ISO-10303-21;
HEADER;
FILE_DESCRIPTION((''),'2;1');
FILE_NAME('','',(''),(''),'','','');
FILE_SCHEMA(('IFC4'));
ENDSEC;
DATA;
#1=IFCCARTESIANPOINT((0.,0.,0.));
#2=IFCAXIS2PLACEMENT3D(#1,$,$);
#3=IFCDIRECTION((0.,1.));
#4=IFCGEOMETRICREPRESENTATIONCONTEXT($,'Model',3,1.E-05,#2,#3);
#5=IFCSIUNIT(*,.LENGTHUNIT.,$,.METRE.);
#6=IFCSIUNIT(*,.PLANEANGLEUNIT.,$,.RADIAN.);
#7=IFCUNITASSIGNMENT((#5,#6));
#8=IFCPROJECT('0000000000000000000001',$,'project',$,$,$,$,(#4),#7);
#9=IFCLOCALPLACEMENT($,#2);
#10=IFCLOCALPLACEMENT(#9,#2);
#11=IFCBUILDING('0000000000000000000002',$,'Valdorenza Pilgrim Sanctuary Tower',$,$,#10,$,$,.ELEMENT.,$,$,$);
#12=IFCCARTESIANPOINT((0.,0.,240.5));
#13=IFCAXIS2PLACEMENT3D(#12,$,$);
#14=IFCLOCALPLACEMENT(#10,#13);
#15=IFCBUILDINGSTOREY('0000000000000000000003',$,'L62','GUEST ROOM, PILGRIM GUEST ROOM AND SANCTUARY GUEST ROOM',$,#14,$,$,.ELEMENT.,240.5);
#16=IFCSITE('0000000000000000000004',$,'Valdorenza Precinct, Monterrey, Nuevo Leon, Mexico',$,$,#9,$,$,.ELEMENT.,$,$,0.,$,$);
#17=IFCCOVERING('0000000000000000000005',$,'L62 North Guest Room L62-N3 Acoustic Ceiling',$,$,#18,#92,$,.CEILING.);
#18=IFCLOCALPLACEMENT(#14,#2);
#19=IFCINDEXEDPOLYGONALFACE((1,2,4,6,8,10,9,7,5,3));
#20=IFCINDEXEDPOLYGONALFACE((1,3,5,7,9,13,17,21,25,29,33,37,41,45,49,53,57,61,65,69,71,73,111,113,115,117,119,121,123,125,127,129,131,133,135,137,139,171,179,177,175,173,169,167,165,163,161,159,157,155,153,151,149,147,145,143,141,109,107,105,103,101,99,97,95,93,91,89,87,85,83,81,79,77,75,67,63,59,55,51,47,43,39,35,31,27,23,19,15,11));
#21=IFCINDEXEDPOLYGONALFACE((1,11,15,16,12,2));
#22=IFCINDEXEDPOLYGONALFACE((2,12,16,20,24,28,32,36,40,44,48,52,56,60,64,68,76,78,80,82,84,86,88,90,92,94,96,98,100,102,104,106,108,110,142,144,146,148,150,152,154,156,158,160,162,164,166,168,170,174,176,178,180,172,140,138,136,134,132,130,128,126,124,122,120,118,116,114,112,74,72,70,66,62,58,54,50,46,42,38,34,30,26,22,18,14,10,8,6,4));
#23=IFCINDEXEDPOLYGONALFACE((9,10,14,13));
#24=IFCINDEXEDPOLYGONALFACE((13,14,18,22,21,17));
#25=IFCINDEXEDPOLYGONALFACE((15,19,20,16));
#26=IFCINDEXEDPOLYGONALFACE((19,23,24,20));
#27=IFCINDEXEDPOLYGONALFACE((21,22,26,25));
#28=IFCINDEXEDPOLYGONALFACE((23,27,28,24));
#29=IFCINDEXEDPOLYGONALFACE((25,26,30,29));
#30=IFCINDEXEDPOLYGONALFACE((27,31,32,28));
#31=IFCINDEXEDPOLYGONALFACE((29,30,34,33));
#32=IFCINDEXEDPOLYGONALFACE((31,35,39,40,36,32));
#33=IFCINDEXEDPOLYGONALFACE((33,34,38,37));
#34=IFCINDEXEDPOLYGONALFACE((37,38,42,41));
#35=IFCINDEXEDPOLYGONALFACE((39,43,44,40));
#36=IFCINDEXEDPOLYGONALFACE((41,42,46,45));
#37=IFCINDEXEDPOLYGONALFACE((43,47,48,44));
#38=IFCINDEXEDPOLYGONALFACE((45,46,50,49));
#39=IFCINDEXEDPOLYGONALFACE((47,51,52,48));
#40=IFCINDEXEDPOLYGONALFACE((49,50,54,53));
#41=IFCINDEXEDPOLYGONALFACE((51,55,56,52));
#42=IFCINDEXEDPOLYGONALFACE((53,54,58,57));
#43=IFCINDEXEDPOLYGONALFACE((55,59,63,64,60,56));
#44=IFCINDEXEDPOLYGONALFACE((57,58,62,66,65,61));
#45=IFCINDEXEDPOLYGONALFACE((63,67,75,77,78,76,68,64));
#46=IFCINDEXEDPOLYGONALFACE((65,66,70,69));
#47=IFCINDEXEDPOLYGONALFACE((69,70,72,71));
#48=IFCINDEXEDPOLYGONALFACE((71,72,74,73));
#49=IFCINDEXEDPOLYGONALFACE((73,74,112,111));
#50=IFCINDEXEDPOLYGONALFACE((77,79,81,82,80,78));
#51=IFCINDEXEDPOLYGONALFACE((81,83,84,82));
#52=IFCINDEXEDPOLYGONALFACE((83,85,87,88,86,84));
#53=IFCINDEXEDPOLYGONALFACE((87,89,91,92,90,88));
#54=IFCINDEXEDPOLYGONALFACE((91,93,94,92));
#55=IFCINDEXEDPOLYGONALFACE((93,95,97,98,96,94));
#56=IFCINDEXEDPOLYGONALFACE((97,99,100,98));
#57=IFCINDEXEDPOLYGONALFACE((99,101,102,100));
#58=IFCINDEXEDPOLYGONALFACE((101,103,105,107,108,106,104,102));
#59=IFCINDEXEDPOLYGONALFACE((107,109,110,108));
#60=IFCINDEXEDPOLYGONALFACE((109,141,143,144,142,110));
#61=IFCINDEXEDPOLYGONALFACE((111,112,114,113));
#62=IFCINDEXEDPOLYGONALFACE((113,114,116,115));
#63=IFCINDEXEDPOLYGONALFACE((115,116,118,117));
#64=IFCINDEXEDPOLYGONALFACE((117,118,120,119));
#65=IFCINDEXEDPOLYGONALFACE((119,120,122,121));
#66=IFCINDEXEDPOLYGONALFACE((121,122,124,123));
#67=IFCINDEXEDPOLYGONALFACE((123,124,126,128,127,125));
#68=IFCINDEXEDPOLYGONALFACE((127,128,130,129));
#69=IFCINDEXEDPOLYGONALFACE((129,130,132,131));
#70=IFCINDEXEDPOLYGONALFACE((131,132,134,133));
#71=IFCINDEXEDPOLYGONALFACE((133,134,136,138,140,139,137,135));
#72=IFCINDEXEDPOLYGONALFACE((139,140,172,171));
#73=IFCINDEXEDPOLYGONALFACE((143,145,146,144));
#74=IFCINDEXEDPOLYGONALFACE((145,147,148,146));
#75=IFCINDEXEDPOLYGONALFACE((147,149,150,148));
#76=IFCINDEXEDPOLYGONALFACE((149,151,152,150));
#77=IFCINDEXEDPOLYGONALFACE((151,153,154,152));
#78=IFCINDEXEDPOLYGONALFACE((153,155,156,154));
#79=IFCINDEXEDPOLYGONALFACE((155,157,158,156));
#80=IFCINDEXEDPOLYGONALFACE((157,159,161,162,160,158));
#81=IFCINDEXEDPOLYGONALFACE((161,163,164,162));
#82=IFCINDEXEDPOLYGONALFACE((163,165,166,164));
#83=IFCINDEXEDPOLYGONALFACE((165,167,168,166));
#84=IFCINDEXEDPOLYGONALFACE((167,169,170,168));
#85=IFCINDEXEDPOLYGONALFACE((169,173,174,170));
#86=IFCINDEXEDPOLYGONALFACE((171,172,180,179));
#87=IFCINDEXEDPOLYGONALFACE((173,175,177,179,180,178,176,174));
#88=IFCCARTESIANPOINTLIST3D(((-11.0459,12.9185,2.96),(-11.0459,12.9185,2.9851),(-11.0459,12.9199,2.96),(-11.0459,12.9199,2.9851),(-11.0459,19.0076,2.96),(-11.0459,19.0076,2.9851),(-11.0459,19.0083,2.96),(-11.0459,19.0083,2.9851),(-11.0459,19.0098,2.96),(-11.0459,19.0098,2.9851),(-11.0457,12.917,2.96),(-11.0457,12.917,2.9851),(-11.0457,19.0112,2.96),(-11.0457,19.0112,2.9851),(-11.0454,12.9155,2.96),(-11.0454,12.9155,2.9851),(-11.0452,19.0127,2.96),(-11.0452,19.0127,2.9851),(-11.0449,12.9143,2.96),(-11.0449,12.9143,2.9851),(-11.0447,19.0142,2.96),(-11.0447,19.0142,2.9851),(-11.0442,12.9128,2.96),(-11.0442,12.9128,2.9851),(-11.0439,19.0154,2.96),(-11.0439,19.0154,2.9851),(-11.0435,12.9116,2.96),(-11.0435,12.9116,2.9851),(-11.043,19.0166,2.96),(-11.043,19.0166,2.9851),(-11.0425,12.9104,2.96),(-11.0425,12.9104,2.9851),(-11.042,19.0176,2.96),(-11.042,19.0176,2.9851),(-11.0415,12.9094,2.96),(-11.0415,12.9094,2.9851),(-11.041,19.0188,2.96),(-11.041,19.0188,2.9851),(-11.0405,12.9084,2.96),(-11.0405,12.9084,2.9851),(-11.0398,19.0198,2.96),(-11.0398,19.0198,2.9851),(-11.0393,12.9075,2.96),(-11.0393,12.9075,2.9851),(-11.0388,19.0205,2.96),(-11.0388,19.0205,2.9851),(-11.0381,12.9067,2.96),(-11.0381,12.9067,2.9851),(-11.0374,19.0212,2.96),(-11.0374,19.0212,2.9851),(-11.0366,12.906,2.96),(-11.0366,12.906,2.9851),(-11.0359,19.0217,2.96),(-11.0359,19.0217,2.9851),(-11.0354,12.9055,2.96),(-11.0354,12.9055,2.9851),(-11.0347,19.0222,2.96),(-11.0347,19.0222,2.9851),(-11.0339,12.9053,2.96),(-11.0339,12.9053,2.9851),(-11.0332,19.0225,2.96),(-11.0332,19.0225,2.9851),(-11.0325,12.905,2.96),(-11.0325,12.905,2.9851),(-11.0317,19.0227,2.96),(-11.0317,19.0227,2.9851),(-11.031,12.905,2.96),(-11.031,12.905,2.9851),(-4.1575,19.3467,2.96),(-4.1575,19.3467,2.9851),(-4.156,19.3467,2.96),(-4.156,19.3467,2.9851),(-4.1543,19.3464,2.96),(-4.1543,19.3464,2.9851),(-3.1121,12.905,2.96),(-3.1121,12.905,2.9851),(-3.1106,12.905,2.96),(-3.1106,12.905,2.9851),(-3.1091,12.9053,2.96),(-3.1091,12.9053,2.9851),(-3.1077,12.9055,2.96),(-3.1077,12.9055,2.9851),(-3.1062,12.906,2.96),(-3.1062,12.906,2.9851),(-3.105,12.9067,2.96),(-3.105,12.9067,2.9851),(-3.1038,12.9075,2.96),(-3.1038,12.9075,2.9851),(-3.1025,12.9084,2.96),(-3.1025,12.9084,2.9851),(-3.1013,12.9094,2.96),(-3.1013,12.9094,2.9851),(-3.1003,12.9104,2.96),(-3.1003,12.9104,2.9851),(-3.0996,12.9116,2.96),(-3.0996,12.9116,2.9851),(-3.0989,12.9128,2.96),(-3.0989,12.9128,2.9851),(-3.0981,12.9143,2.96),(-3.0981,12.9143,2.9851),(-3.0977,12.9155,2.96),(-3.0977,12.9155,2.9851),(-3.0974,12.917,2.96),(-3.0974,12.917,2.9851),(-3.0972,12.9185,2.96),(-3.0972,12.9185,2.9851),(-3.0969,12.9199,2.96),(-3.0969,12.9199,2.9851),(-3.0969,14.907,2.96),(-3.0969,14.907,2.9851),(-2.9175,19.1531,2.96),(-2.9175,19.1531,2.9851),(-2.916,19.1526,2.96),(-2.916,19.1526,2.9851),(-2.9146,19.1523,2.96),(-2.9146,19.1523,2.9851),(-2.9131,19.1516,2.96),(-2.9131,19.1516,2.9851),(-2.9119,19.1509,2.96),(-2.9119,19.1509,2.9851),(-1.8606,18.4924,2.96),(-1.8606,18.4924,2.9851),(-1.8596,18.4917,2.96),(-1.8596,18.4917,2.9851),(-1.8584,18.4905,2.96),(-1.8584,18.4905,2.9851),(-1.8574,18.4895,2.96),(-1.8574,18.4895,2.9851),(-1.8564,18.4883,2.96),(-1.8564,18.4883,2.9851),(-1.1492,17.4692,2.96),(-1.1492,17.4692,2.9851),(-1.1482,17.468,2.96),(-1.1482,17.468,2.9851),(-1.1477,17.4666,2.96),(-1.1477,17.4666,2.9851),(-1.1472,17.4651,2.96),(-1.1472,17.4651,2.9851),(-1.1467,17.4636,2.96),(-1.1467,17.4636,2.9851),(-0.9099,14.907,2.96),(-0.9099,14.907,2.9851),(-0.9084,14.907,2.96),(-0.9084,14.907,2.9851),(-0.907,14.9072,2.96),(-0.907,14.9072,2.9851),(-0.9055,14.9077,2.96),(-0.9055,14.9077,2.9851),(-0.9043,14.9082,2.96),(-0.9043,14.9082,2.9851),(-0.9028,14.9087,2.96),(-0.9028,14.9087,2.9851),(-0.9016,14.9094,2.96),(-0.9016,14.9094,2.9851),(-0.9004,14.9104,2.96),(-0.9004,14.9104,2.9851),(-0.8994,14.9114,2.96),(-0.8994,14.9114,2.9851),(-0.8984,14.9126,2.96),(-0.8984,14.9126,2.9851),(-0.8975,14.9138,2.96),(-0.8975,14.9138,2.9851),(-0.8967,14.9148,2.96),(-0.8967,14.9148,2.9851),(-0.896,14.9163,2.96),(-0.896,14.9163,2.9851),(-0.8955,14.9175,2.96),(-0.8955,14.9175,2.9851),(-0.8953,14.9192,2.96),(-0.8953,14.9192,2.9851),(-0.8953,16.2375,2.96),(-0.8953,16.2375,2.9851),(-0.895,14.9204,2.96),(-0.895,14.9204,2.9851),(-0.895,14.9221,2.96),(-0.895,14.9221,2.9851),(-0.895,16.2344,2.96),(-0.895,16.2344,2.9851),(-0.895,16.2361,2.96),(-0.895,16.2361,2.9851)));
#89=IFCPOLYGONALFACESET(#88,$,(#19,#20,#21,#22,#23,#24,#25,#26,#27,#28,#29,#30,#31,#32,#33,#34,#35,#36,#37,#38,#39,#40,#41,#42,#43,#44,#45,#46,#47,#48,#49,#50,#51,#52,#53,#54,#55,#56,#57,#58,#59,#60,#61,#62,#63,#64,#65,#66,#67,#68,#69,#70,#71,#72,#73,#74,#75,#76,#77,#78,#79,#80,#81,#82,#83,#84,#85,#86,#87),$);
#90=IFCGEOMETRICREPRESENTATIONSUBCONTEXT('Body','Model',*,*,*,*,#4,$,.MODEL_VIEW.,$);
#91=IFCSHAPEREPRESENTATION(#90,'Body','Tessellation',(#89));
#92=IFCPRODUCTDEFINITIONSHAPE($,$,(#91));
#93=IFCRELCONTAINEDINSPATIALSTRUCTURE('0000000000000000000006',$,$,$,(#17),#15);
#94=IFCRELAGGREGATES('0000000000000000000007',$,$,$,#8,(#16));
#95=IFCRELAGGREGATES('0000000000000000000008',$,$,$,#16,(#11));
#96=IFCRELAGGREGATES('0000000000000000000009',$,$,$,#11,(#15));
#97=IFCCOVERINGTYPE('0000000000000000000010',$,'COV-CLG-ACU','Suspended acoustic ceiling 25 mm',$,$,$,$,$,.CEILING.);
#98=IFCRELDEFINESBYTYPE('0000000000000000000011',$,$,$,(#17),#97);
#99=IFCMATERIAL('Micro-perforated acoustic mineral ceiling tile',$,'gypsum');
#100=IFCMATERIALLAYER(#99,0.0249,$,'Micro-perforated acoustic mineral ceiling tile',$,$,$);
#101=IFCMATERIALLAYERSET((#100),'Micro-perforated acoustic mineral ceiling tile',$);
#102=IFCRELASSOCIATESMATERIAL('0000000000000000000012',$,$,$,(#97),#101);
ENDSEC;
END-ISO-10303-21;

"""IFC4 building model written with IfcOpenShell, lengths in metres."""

from ifc_helpers import new_model, si_unit, direction, frame, origin, place, context, subcontext, project, spatial, polyline, outline, extrude, material, layer, layer_set, type_object, element, save


model = new_model("IFC4")

# Units and contexts
model_context = context("Model", 3, precision=1e-05, world=origin(), true_north=direction((0.0, 1.0)))
body_context = subcontext(model_context, "Body", "Model", "MODEL_VIEW")
ifc_project = project(units=[si_unit("LENGTHUNIT", "METRE"), si_unit("PLANEANGLEUNIT", "RADIAN")], contexts=[model_context])

# Site, building, storey
site_placement = place(None, origin())
site = spatial("IfcSite", under=ifc_project, at=site_placement, Name="Valdorenza Precinct, Monterrey, Nuevo Leon, Mexico", CompositionType="ELEMENT", RefElevation=0.0)
building_placement = place(site_placement, origin())
building = spatial("IfcBuilding", under=site, at=building_placement, Name="Valdorenza Pilgrim Sanctuary Tower", CompositionType="ELEMENT")
storey_placement = place(building_placement, frame((0.0, 0.0, 240.5)))
storey = spatial("IfcBuildingStorey", under=building, at=storey_placement, Name="L62", Description="GUEST ROOM, PILGRIM GUEST ROOM AND SANCTUARY GUEST ROOM", CompositionType="ELEMENT", Elevation=240.5)

# Covering
ifc_material_1 = material(Name="Micro-perforated acoustic mineral ceiling tile", Category="gypsum")
ifc_layer_1 = layer(ifc_material_1, 0.0249, Name="Micro-perforated acoustic mineral ceiling tile")
ifc_layer_set_1 = layer_set([ifc_layer_1], Name="Micro-perforated acoustic mineral ceiling tile")
covering_type_1 = type_object("IfcCoveringType", Name="COV-CLG-ACU", Description="Suspended acoustic ceiling 25 mm", PredefinedType="CEILING", material=ifc_layer_set_1)
covering_1_placement = place(storey_placement, frame((0.0, 0.0, 2.96)))
element("IfcCovering", 1, at=covering_1_placement, inside=storey, type_object=covering_type_1, Name="L62 North Guest Room L62-N3 Acoustic Ceiling", PredefinedType="CEILING", context=body_context, shape_type="SweptSolid", body=[
    extrude(outline(polyline([(-11.0459, 19.0076), (-11.0459, 19.0083), (-11.0459, 19.0098), (-11.0457, 19.0112), (-11.0452, 19.0127), (-11.0447, 19.0142), (-11.0439, 19.0154), (-11.043, 19.0166), (-11.042, 19.0176), (-11.041, 19.0188), (-11.0398, 19.0198), (-11.0388, 19.0205), (-11.0374, 19.0212), (-11.0359, 19.0217), (-11.0347, 19.0222), (-11.0332, 19.0225), (-11.0317, 19.0227), (-4.1575, 19.3467), (-4.156, 19.3467), (-4.1543, 19.3464), (-2.9175, 19.1531), (-2.916, 19.1526), (-2.9146, 19.1523), (-2.9131, 19.1516), (-2.9119, 19.1509), (-1.8606, 18.4924), (-1.8596, 18.4917), (-1.8584, 18.4905), (-1.8574, 18.4895), (-1.8564, 18.4883), (-1.1492, 17.4692), (-1.1482, 17.468), (-1.1477, 17.4666), (-1.1472, 17.4651), (-1.1467, 17.4636), (-0.8953, 16.2375), (-0.895, 16.2361), (-0.895, 16.2344), (-0.895, 14.9221), (-0.895, 14.9204), (-0.8953, 14.9192), (-0.8955, 14.9175), (-0.896, 14.9163), (-0.8967, 14.9148), (-0.8975, 14.9138), (-0.8984, 14.9126), (-0.8994, 14.9114), (-0.9004, 14.9104), (-0.9016, 14.9094), (-0.9028, 14.9087), (-0.9043, 14.9082), (-0.9055, 14.9077), (-0.907, 14.9072), (-0.9084, 14.907), (-0.9099, 14.907), (-3.0969, 14.907), (-3.0969, 12.9199), (-3.0972, 12.9185), (-3.0974, 12.917), (-3.0977, 12.9155), (-3.0981, 12.9143), (-3.0989, 12.9128), (-3.0996, 12.9116), (-3.1003, 12.9104), (-3.1013, 12.9094), (-3.1025, 12.9084), (-3.1038, 12.9075), (-3.105, 12.9067), (-3.1062, 12.906), (-3.1077, 12.9055), (-3.1091, 12.9053), (-3.1106, 12.905), (-3.1121, 12.905), (-11.031, 12.905), (-11.0325, 12.905), (-11.0339, 12.9053), (-11.0354, 12.9055), (-11.0366, 12.906), (-11.0381, 12.9067), (-11.0393, 12.9075), (-11.0405, 12.9084), (-11.0415, 12.9094), (-11.0425, 12.9104), (-11.0435, 12.9116), (-11.0442, 12.9128), (-11.0449, 12.9143), (-11.0454, 12.9155), (-11.0457, 12.917), (-11.0459, 12.9185), (-11.0459, 12.9199), (-11.0459, 19.0076), (-11.0459, 19.0076)])), origin(), (0.0, 0.0, 1.0), 0.0251),
])

save(model, "model.ifc")
